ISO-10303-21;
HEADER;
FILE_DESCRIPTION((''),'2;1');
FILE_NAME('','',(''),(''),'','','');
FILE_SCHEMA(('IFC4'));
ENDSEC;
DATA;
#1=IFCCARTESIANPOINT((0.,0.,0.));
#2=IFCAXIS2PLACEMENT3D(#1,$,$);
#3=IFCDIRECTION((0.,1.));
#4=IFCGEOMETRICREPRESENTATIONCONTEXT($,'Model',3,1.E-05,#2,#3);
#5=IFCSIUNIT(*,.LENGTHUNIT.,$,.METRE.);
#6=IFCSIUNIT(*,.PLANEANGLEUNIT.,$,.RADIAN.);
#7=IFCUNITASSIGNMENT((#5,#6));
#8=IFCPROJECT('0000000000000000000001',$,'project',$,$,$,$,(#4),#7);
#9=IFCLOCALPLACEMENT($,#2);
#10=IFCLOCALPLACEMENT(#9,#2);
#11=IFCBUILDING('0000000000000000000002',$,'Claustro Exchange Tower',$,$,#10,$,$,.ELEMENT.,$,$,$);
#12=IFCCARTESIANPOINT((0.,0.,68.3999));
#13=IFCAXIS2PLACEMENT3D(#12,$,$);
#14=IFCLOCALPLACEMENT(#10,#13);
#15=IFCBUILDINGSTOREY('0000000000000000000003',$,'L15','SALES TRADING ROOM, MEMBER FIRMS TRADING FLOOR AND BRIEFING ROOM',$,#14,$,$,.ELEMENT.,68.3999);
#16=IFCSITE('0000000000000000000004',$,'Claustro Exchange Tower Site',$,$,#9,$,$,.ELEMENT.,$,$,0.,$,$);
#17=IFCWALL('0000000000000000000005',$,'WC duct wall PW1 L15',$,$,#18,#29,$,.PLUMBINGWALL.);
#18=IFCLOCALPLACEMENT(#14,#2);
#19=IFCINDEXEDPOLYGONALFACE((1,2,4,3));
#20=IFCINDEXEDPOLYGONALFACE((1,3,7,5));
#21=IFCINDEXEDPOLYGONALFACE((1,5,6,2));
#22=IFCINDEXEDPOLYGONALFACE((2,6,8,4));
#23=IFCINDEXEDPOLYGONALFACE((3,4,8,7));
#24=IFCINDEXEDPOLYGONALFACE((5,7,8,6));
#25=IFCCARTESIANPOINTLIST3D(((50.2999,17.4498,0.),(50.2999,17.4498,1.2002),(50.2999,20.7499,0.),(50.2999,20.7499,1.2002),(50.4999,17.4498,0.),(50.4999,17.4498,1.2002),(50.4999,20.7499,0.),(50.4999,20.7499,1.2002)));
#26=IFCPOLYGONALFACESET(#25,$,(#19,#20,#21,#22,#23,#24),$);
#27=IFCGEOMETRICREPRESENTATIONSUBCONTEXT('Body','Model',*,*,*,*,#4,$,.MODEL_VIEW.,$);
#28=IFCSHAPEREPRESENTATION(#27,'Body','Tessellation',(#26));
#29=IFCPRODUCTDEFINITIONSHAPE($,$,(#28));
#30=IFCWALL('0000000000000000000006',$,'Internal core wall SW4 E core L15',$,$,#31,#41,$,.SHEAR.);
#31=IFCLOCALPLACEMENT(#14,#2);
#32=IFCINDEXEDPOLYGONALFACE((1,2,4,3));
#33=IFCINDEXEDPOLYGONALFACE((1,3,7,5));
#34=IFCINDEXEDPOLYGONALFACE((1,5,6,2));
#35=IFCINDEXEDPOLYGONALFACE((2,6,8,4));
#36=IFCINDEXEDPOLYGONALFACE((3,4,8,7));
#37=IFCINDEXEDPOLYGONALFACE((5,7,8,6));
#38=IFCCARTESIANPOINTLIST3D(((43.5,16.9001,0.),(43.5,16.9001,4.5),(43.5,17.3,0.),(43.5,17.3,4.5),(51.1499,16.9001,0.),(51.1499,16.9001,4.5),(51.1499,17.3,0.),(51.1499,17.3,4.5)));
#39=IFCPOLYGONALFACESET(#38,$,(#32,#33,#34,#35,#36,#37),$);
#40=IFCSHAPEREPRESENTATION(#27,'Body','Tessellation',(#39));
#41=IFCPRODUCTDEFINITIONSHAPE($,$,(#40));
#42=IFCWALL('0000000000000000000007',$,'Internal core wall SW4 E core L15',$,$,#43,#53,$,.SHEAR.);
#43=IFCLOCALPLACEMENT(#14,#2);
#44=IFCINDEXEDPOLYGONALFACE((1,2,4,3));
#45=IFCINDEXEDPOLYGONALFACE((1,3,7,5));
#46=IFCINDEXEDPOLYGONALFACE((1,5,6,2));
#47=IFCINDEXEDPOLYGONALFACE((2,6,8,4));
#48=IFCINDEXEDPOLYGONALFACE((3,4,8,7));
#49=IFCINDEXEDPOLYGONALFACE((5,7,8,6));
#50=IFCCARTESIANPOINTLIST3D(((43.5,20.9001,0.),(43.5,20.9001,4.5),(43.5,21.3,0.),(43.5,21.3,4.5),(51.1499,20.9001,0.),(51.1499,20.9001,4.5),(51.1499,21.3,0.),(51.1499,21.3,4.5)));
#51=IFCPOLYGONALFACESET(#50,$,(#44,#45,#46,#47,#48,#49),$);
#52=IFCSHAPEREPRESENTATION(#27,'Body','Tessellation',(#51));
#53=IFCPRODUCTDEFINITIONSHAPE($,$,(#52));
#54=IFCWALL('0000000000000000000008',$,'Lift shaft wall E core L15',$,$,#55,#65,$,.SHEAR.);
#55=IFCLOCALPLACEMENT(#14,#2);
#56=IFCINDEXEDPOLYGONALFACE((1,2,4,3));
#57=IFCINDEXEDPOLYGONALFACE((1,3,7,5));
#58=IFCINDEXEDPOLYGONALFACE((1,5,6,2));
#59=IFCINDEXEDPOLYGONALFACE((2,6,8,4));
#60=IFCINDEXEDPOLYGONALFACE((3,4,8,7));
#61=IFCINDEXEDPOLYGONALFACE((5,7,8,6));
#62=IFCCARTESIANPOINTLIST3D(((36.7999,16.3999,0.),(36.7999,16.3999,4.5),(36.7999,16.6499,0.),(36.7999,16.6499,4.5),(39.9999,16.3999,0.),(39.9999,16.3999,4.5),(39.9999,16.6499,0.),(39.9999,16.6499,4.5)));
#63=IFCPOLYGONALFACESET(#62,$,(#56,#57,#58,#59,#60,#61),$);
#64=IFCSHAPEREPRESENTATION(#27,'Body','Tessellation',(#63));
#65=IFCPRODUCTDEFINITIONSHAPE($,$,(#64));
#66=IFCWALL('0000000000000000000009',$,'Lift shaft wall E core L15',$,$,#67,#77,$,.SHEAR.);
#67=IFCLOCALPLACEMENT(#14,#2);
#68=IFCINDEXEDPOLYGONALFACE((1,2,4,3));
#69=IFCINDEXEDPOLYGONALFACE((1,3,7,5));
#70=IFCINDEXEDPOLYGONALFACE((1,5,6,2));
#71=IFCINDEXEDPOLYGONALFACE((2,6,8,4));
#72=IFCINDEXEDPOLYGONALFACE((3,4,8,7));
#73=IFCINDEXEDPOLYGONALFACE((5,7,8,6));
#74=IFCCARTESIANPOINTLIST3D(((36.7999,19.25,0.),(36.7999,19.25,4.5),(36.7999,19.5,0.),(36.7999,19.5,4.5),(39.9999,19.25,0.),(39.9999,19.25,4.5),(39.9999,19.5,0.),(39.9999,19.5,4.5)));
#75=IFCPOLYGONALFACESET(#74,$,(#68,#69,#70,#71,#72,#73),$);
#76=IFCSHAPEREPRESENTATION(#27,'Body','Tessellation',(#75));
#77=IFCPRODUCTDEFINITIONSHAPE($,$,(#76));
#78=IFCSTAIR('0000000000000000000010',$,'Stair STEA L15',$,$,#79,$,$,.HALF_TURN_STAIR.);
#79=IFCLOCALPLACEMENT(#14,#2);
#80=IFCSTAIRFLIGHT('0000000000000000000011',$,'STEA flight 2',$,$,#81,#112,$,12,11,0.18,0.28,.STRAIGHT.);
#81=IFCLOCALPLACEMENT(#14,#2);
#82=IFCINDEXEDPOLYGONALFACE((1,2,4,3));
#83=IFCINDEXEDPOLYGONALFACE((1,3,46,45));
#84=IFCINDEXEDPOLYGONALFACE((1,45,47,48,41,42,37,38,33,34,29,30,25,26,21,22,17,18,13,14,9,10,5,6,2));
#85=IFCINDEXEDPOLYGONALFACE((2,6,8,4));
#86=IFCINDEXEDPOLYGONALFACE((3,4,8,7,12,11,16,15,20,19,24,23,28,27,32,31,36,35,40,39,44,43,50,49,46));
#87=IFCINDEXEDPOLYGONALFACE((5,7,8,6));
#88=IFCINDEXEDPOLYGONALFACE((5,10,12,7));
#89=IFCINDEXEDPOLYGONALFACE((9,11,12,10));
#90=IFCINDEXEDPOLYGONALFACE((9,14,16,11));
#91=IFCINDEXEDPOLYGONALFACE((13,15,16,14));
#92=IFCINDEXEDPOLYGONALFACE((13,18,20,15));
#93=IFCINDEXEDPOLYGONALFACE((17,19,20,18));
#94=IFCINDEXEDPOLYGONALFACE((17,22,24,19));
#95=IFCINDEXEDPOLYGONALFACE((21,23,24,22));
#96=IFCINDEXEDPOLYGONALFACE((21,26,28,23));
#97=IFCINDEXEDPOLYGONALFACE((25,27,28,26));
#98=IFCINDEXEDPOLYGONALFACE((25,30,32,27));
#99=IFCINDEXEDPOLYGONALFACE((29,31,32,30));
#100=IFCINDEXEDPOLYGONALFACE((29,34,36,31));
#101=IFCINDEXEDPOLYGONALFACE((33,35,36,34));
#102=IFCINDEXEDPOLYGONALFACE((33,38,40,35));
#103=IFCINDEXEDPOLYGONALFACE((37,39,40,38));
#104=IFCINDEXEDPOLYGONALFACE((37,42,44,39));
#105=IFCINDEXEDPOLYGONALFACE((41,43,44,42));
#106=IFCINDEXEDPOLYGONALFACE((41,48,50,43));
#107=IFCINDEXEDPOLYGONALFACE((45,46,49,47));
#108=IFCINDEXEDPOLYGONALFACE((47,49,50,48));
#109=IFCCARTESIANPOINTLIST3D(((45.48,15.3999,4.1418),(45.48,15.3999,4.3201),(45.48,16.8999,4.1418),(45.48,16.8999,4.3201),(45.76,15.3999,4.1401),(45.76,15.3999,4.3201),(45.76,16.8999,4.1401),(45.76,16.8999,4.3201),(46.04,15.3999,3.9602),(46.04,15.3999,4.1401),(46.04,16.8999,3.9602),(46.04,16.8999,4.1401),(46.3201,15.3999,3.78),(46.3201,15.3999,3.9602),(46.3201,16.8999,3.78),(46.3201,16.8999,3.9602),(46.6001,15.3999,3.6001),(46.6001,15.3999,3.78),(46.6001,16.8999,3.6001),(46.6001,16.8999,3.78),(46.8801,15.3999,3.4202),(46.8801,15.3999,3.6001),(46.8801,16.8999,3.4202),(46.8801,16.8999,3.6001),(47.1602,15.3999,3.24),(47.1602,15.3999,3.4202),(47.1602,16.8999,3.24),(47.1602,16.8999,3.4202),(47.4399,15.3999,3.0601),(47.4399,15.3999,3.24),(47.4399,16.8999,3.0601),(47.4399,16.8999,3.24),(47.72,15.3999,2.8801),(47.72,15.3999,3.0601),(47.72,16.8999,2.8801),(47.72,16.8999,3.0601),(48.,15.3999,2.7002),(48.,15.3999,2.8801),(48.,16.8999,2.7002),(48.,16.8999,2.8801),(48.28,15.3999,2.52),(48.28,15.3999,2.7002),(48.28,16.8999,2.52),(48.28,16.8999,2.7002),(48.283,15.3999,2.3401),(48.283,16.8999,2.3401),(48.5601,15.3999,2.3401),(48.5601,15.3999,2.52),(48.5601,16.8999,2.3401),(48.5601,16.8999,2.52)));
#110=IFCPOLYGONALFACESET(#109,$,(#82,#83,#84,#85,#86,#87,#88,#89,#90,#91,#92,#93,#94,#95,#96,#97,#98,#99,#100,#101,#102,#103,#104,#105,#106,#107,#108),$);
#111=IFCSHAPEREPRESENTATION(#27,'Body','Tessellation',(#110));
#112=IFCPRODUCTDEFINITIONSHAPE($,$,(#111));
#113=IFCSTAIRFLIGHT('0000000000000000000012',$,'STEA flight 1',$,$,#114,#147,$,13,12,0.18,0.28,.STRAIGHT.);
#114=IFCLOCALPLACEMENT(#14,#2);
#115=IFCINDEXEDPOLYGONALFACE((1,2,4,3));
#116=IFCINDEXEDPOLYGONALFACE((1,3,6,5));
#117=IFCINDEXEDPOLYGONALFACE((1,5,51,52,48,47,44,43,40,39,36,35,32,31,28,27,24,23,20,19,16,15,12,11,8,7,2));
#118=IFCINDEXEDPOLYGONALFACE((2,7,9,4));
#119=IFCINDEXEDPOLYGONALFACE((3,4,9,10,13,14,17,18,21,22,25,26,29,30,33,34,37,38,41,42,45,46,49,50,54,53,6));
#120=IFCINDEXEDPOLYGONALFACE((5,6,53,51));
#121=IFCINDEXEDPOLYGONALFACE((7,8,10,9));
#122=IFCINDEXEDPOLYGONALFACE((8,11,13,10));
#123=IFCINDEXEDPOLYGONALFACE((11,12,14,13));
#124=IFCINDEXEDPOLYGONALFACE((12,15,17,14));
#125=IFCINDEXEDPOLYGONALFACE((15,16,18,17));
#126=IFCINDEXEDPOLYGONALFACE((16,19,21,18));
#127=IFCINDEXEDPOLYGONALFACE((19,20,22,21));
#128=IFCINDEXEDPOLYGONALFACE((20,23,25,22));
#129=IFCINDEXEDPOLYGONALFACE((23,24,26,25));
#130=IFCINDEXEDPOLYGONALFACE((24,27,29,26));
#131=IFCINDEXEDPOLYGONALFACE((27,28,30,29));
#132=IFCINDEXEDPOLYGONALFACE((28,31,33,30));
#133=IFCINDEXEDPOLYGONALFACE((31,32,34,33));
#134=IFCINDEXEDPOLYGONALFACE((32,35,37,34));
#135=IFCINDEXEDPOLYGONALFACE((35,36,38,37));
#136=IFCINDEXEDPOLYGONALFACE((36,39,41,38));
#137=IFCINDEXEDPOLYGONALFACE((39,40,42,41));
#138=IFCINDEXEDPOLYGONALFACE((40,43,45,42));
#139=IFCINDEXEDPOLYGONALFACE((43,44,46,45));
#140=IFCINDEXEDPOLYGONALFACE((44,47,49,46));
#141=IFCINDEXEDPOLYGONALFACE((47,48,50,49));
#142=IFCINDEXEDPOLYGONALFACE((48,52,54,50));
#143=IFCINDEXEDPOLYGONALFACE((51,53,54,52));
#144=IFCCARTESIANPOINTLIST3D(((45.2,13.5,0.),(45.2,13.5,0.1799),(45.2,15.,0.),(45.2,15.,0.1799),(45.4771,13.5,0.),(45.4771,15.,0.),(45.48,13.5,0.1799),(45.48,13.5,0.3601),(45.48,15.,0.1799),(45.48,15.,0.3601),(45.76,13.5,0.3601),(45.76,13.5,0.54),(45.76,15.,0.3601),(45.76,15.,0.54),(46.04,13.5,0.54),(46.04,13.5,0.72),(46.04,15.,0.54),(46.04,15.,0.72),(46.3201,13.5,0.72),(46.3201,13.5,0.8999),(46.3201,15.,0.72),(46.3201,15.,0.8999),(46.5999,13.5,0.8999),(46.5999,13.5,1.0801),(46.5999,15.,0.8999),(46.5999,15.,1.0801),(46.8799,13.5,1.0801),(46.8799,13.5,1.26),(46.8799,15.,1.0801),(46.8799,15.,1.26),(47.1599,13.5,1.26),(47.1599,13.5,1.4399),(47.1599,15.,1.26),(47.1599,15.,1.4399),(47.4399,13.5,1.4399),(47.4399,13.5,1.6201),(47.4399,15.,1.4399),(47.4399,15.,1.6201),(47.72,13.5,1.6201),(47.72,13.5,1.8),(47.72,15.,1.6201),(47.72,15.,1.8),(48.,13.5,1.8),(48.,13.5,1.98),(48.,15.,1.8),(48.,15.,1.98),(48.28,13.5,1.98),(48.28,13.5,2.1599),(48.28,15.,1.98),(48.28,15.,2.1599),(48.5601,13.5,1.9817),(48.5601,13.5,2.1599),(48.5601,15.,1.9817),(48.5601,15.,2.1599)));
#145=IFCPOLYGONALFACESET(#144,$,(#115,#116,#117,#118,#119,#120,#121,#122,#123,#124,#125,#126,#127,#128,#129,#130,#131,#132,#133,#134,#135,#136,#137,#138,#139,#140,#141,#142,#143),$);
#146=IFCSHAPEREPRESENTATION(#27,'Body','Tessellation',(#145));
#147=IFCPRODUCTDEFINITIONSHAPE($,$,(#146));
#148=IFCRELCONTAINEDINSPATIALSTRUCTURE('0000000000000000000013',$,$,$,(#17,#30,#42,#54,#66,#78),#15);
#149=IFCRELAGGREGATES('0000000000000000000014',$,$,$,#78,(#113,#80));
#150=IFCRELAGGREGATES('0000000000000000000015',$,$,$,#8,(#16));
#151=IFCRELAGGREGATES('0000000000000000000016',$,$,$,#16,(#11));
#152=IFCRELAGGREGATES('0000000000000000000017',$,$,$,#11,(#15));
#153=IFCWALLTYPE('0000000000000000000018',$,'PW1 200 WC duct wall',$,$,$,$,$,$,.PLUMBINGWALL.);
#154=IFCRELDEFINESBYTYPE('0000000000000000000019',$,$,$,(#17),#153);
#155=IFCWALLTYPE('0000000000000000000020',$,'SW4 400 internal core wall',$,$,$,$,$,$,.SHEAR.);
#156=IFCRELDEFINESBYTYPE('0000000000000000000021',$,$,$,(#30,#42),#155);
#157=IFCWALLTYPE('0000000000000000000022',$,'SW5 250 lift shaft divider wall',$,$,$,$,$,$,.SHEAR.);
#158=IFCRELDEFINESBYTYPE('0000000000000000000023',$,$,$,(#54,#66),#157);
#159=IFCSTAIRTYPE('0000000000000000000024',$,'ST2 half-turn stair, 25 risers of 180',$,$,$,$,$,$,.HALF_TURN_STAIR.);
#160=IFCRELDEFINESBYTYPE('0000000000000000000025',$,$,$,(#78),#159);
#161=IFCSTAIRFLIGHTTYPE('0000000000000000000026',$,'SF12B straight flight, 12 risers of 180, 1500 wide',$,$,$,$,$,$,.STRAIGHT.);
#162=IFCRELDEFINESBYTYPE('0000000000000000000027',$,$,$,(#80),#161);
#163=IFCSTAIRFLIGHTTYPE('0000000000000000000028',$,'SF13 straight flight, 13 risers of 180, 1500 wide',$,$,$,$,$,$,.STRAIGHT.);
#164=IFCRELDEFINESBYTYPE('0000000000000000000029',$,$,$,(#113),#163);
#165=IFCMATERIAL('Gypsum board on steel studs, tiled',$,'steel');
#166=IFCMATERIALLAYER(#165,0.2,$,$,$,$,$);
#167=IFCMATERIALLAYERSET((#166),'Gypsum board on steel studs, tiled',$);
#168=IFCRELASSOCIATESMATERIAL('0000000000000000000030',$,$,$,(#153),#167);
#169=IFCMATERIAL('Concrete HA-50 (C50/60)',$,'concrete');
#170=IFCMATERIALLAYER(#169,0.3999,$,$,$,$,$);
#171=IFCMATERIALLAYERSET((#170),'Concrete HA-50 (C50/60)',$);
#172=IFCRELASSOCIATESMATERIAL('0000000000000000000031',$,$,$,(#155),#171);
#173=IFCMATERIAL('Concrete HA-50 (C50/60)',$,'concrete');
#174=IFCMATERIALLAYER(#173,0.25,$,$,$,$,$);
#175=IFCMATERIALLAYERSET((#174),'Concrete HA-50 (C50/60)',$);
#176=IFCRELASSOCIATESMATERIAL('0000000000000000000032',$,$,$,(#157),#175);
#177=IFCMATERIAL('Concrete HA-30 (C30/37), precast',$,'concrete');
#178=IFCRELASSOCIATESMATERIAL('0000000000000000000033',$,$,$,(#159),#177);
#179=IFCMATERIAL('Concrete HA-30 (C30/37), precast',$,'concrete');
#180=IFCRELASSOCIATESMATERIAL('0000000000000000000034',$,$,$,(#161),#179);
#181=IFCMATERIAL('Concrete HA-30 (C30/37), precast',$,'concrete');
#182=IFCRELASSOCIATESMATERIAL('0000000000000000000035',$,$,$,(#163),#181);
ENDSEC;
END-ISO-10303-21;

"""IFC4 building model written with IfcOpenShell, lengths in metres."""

from ifc_helpers import new_model, si_unit, direction, frame, frame_2d, origin, place, context, subcontext, project, spatial, polyline, rectangle, outline, extrude, material, layer, layer_set, type_object, element, aggregate, save


model = new_model("IFC4")

# Units and contexts
model_context = context("Model", 3, precision=1e-05, world=origin(), true_north=direction((0.0, 1.0)))
body_context = subcontext(model_context, "Body", "Model", "MODEL_VIEW")
ifc_project = project(units=[si_unit("LENGTHUNIT", "METRE"), si_unit("PLANEANGLEUNIT", "RADIAN")], contexts=[model_context])

# Site, building, storey
site_placement = place(None, origin())
site = spatial("IfcSite", under=ifc_project, at=site_placement, Name="Claustro Exchange Tower Site", CompositionType="ELEMENT", RefElevation=0.0)
building_placement = place(site_placement, origin())
building = spatial("IfcBuilding", under=site, at=building_placement, Name="Claustro Exchange Tower", CompositionType="ELEMENT")
storey_placement = place(building_placement, frame((0.0, 0.0, 68.3999)))
storey = spatial("IfcBuildingStorey", under=building, at=storey_placement, Name="L15", Description="SALES TRADING ROOM, MEMBER FIRMS TRADING FLOOR AND BRIEFING ROOM", CompositionType="ELEMENT", Elevation=68.3999)

# Walls
ifc_material_1 = material(Name="Gypsum board on steel studs, tiled", Category="steel")
ifc_layer_1 = layer(ifc_material_1, 0.2)
ifc_layer_set_1 = layer_set([ifc_layer_1], Name="Gypsum board on steel studs, tiled")
wall_type_1 = type_object("IfcWallType", Name="PW1 200 WC duct wall", PredefinedType="PLUMBINGWALL", material=ifc_layer_set_1)
wall_placement = place(storey_placement, frame((50.3999, 17.45, 0.0), z_axis=(0.0, 0.0, 1.0), x_axis=(0.0, 1.0, 0.0)))
element("IfcWall", 1, at=wall_placement, inside=storey, type_object=wall_type_1, Name="WC duct wall PW1 L15", PredefinedType="PLUMBINGWALL", context=body_context, shape_type="SweptSolid", body=[
    extrude(rectangle(XDim=3.3, YDim=0.2, at=frame_2d((1.6499, 0.0))), origin(), (0.0, 0.0, 1.0), 1.2002),
])
ifc_material_2 = material(Name="Concrete HA-50 (C50/60)", Category="concrete")
ifc_layer_2 = layer(ifc_material_2, 0.3999)
ifc_layer_set_2 = layer_set([ifc_layer_2], Name="Concrete HA-50 (C50/60)")
wall_type_2 = type_object("IfcWallType", Name="SW4 400 internal core wall", PredefinedType="SHEAR", material=ifc_layer_set_2)
for number, where, z_axis, x_axis, name in (
    (2, (51.1499, 17.1001, 0.0), (0.0, 0.0, 1.0), (-1.0, 0.0, 0.0), "Internal core wall SW4 E core L15"),
    (3, (51.1499, 21.1001, 0.0), (0.0, 0.0, 1.0), (-1.0, 0.0, 0.0), "Internal core wall SW4 E core L15"),
):
    element("IfcWall", number, at=place(storey_placement, frame(where, z_axis=z_axis, x_axis=x_axis)), inside=storey, type_object=wall_type_2, Name=name, PredefinedType="SHEAR", context=body_context, shape_type="SweptSolid", body=[
        extrude(rectangle(XDim=7.6499, YDim=0.3999, at=frame_2d((3.825, 0.0))), origin(), (0.0, 0.0, 1.0), 4.5),
    ])
ifc_material_3 = material(Name="Concrete HA-50 (C50/60)", Category="concrete")
ifc_layer_3 = layer(ifc_material_3, 0.25)
ifc_layer_set_3 = layer_set([ifc_layer_3], Name="Concrete HA-50 (C50/60)")
wall_type_3 = type_object("IfcWallType", Name="SW5 250 lift shaft divider wall", PredefinedType="SHEAR", material=ifc_layer_set_3)
for number, where, z_axis, x_axis, name in (
    (4, (40.0, 16.5249, 0.0), (0.0, 0.0, 1.0), (-1.0, 0.0, 0.0), "Lift shaft wall E core L15"),
    (5, (40.0, 19.375, 0.0), (0.0, 0.0, 1.0), (-1.0, 0.0, 0.0), "Lift shaft wall E core L15"),
):
    element("IfcWall", number, at=place(storey_placement, frame(where, z_axis=z_axis, x_axis=x_axis)), inside=storey, type_object=wall_type_3, Name=name, PredefinedType="SHEAR", context=body_context, shape_type="SweptSolid", body=[
        extrude(rectangle(XDim=3.2, YDim=0.25, at=frame_2d((1.6001, 0.0))), origin(), (0.0, 0.0, 1.0), 4.5),
    ])

# Stair, stair flights
ifc_material_4 = material(Name="Concrete HA-30 (C30/37), precast", Category="concrete")
stair_type = type_object("IfcStairType", Name="ST2 half-turn stair, 25 risers of 180", PredefinedType="HALF_TURN_STAIR", material=ifc_material_4)
stair_placement = place(storey_placement, origin())
stair = element("IfcStair", 6, at=stair_placement, inside=storey, type_object=stair_type, Name="Stair STEA L15", PredefinedType="HALF_TURN_STAIR")
ifc_material_5 = material(Name="Concrete HA-30 (C30/37), precast", Category="concrete")
stair_flight_type_1 = type_object("IfcStairFlightType", Name="SF12B straight flight, 12 risers of 180, 1500 wide", PredefinedType="STRAIGHT", material=ifc_material_5)
stair_flight_1_placement = place(storey_placement, frame((48.5601, 16.1499, 2.3401), z_axis=(0.0, 0.0, 1.0), x_axis=(-1.0, 0.0, 0.0)))
stair_flight_1 = element("IfcStairFlight", 7, at=stair_flight_1_placement, type_object=stair_flight_type_1, Name="STEA flight 2", NumberOfRisers=12, NumberOfTreads=11, PredefinedType="STRAIGHT", RiserHeight=0.18, TreadLength=0.28, context=body_context, shape_type="SweptSolid", body=[
    extrude(outline(polyline([(0.0, 0.0), (0.0, 0.1799), (0.28, 0.1799), (0.28, 0.3601), (0.5601, 0.3601), (0.5601, 0.54), (0.8401, 0.54), (0.8401, 0.72), (1.1201, 0.72), (1.1201, 0.8999), (1.3999, 0.8999), (1.3999, 1.0801), (1.6799, 1.0801), (1.6799, 1.26), (1.96, 1.26), (1.96, 1.4399), (2.24, 1.4399), (2.24, 1.6201), (2.52, 1.6201), (2.52, 1.8), (2.8, 1.8), (2.8, 1.98), (3.0801, 1.98), (3.0801, 2.1599), (3.0801, 1.8018), (0.2771, 0.0), (0.0, 0.0)])), frame((0.0, 0.75, 0.0), z_axis=(0.0, -1.0, 0.0), x_axis=(1.0, 0.0, 0.0)), (0.0, 0.0, 1.0), 1.5),
])
ifc_material_6 = material(Name="Concrete HA-30 (C30/37), precast", Category="concrete")
stair_flight_type_2 = type_object("IfcStairFlightType", Name="SF13 straight flight, 13 risers of 180, 1500 wide", PredefinedType="STRAIGHT", material=ifc_material_6)
stair_flight_2_placement = place(storey_placement, frame((45.2, 14.25, 0.0), z_axis=(0.0, 0.0, 1.0), x_axis=(1.0, 0.0, 0.0)))
stair_flight_2 = element("IfcStairFlight", 8, at=stair_flight_2_placement, type_object=stair_flight_type_2, Name="STEA flight 1", NumberOfRisers=13, NumberOfTreads=12, PredefinedType="STRAIGHT", RiserHeight=0.18, TreadLength=0.28, context=body_context, shape_type="SweptSolid", body=[
    extrude(outline(polyline([(0.0, 0.0), (0.0, 0.1799), (0.28, 0.1799), (0.28, 0.3601), (0.5601, 0.3601), (0.5601, 0.54), (0.8401, 0.54), (0.8401, 0.72), (1.1201, 0.72), (1.1201, 0.8999), (1.3999, 0.8999), (1.3999, 1.0801), (1.6799, 1.0801), (1.6799, 1.26), (1.96, 1.26), (1.96, 1.4399), (2.24, 1.4399), (2.24, 1.6201), (2.52, 1.6201), (2.52, 1.8), (2.8, 1.8), (2.8, 1.98), (3.0801, 1.98), (3.0801, 2.1599), (3.3601, 2.1599), (3.3601, 2.3401), (3.3601, 1.9817), (0.2771, 0.0), (0.0, 0.0)])), frame((0.0, 0.75, 0.0), z_axis=(0.0, -1.0, 0.0), x_axis=(1.0, 0.0, 0.0)), (0.0, 0.0, 1.0), 1.5),
])
aggregate(stair, [stair_flight_2, stair_flight_1])

save(model, "model.ifc")
